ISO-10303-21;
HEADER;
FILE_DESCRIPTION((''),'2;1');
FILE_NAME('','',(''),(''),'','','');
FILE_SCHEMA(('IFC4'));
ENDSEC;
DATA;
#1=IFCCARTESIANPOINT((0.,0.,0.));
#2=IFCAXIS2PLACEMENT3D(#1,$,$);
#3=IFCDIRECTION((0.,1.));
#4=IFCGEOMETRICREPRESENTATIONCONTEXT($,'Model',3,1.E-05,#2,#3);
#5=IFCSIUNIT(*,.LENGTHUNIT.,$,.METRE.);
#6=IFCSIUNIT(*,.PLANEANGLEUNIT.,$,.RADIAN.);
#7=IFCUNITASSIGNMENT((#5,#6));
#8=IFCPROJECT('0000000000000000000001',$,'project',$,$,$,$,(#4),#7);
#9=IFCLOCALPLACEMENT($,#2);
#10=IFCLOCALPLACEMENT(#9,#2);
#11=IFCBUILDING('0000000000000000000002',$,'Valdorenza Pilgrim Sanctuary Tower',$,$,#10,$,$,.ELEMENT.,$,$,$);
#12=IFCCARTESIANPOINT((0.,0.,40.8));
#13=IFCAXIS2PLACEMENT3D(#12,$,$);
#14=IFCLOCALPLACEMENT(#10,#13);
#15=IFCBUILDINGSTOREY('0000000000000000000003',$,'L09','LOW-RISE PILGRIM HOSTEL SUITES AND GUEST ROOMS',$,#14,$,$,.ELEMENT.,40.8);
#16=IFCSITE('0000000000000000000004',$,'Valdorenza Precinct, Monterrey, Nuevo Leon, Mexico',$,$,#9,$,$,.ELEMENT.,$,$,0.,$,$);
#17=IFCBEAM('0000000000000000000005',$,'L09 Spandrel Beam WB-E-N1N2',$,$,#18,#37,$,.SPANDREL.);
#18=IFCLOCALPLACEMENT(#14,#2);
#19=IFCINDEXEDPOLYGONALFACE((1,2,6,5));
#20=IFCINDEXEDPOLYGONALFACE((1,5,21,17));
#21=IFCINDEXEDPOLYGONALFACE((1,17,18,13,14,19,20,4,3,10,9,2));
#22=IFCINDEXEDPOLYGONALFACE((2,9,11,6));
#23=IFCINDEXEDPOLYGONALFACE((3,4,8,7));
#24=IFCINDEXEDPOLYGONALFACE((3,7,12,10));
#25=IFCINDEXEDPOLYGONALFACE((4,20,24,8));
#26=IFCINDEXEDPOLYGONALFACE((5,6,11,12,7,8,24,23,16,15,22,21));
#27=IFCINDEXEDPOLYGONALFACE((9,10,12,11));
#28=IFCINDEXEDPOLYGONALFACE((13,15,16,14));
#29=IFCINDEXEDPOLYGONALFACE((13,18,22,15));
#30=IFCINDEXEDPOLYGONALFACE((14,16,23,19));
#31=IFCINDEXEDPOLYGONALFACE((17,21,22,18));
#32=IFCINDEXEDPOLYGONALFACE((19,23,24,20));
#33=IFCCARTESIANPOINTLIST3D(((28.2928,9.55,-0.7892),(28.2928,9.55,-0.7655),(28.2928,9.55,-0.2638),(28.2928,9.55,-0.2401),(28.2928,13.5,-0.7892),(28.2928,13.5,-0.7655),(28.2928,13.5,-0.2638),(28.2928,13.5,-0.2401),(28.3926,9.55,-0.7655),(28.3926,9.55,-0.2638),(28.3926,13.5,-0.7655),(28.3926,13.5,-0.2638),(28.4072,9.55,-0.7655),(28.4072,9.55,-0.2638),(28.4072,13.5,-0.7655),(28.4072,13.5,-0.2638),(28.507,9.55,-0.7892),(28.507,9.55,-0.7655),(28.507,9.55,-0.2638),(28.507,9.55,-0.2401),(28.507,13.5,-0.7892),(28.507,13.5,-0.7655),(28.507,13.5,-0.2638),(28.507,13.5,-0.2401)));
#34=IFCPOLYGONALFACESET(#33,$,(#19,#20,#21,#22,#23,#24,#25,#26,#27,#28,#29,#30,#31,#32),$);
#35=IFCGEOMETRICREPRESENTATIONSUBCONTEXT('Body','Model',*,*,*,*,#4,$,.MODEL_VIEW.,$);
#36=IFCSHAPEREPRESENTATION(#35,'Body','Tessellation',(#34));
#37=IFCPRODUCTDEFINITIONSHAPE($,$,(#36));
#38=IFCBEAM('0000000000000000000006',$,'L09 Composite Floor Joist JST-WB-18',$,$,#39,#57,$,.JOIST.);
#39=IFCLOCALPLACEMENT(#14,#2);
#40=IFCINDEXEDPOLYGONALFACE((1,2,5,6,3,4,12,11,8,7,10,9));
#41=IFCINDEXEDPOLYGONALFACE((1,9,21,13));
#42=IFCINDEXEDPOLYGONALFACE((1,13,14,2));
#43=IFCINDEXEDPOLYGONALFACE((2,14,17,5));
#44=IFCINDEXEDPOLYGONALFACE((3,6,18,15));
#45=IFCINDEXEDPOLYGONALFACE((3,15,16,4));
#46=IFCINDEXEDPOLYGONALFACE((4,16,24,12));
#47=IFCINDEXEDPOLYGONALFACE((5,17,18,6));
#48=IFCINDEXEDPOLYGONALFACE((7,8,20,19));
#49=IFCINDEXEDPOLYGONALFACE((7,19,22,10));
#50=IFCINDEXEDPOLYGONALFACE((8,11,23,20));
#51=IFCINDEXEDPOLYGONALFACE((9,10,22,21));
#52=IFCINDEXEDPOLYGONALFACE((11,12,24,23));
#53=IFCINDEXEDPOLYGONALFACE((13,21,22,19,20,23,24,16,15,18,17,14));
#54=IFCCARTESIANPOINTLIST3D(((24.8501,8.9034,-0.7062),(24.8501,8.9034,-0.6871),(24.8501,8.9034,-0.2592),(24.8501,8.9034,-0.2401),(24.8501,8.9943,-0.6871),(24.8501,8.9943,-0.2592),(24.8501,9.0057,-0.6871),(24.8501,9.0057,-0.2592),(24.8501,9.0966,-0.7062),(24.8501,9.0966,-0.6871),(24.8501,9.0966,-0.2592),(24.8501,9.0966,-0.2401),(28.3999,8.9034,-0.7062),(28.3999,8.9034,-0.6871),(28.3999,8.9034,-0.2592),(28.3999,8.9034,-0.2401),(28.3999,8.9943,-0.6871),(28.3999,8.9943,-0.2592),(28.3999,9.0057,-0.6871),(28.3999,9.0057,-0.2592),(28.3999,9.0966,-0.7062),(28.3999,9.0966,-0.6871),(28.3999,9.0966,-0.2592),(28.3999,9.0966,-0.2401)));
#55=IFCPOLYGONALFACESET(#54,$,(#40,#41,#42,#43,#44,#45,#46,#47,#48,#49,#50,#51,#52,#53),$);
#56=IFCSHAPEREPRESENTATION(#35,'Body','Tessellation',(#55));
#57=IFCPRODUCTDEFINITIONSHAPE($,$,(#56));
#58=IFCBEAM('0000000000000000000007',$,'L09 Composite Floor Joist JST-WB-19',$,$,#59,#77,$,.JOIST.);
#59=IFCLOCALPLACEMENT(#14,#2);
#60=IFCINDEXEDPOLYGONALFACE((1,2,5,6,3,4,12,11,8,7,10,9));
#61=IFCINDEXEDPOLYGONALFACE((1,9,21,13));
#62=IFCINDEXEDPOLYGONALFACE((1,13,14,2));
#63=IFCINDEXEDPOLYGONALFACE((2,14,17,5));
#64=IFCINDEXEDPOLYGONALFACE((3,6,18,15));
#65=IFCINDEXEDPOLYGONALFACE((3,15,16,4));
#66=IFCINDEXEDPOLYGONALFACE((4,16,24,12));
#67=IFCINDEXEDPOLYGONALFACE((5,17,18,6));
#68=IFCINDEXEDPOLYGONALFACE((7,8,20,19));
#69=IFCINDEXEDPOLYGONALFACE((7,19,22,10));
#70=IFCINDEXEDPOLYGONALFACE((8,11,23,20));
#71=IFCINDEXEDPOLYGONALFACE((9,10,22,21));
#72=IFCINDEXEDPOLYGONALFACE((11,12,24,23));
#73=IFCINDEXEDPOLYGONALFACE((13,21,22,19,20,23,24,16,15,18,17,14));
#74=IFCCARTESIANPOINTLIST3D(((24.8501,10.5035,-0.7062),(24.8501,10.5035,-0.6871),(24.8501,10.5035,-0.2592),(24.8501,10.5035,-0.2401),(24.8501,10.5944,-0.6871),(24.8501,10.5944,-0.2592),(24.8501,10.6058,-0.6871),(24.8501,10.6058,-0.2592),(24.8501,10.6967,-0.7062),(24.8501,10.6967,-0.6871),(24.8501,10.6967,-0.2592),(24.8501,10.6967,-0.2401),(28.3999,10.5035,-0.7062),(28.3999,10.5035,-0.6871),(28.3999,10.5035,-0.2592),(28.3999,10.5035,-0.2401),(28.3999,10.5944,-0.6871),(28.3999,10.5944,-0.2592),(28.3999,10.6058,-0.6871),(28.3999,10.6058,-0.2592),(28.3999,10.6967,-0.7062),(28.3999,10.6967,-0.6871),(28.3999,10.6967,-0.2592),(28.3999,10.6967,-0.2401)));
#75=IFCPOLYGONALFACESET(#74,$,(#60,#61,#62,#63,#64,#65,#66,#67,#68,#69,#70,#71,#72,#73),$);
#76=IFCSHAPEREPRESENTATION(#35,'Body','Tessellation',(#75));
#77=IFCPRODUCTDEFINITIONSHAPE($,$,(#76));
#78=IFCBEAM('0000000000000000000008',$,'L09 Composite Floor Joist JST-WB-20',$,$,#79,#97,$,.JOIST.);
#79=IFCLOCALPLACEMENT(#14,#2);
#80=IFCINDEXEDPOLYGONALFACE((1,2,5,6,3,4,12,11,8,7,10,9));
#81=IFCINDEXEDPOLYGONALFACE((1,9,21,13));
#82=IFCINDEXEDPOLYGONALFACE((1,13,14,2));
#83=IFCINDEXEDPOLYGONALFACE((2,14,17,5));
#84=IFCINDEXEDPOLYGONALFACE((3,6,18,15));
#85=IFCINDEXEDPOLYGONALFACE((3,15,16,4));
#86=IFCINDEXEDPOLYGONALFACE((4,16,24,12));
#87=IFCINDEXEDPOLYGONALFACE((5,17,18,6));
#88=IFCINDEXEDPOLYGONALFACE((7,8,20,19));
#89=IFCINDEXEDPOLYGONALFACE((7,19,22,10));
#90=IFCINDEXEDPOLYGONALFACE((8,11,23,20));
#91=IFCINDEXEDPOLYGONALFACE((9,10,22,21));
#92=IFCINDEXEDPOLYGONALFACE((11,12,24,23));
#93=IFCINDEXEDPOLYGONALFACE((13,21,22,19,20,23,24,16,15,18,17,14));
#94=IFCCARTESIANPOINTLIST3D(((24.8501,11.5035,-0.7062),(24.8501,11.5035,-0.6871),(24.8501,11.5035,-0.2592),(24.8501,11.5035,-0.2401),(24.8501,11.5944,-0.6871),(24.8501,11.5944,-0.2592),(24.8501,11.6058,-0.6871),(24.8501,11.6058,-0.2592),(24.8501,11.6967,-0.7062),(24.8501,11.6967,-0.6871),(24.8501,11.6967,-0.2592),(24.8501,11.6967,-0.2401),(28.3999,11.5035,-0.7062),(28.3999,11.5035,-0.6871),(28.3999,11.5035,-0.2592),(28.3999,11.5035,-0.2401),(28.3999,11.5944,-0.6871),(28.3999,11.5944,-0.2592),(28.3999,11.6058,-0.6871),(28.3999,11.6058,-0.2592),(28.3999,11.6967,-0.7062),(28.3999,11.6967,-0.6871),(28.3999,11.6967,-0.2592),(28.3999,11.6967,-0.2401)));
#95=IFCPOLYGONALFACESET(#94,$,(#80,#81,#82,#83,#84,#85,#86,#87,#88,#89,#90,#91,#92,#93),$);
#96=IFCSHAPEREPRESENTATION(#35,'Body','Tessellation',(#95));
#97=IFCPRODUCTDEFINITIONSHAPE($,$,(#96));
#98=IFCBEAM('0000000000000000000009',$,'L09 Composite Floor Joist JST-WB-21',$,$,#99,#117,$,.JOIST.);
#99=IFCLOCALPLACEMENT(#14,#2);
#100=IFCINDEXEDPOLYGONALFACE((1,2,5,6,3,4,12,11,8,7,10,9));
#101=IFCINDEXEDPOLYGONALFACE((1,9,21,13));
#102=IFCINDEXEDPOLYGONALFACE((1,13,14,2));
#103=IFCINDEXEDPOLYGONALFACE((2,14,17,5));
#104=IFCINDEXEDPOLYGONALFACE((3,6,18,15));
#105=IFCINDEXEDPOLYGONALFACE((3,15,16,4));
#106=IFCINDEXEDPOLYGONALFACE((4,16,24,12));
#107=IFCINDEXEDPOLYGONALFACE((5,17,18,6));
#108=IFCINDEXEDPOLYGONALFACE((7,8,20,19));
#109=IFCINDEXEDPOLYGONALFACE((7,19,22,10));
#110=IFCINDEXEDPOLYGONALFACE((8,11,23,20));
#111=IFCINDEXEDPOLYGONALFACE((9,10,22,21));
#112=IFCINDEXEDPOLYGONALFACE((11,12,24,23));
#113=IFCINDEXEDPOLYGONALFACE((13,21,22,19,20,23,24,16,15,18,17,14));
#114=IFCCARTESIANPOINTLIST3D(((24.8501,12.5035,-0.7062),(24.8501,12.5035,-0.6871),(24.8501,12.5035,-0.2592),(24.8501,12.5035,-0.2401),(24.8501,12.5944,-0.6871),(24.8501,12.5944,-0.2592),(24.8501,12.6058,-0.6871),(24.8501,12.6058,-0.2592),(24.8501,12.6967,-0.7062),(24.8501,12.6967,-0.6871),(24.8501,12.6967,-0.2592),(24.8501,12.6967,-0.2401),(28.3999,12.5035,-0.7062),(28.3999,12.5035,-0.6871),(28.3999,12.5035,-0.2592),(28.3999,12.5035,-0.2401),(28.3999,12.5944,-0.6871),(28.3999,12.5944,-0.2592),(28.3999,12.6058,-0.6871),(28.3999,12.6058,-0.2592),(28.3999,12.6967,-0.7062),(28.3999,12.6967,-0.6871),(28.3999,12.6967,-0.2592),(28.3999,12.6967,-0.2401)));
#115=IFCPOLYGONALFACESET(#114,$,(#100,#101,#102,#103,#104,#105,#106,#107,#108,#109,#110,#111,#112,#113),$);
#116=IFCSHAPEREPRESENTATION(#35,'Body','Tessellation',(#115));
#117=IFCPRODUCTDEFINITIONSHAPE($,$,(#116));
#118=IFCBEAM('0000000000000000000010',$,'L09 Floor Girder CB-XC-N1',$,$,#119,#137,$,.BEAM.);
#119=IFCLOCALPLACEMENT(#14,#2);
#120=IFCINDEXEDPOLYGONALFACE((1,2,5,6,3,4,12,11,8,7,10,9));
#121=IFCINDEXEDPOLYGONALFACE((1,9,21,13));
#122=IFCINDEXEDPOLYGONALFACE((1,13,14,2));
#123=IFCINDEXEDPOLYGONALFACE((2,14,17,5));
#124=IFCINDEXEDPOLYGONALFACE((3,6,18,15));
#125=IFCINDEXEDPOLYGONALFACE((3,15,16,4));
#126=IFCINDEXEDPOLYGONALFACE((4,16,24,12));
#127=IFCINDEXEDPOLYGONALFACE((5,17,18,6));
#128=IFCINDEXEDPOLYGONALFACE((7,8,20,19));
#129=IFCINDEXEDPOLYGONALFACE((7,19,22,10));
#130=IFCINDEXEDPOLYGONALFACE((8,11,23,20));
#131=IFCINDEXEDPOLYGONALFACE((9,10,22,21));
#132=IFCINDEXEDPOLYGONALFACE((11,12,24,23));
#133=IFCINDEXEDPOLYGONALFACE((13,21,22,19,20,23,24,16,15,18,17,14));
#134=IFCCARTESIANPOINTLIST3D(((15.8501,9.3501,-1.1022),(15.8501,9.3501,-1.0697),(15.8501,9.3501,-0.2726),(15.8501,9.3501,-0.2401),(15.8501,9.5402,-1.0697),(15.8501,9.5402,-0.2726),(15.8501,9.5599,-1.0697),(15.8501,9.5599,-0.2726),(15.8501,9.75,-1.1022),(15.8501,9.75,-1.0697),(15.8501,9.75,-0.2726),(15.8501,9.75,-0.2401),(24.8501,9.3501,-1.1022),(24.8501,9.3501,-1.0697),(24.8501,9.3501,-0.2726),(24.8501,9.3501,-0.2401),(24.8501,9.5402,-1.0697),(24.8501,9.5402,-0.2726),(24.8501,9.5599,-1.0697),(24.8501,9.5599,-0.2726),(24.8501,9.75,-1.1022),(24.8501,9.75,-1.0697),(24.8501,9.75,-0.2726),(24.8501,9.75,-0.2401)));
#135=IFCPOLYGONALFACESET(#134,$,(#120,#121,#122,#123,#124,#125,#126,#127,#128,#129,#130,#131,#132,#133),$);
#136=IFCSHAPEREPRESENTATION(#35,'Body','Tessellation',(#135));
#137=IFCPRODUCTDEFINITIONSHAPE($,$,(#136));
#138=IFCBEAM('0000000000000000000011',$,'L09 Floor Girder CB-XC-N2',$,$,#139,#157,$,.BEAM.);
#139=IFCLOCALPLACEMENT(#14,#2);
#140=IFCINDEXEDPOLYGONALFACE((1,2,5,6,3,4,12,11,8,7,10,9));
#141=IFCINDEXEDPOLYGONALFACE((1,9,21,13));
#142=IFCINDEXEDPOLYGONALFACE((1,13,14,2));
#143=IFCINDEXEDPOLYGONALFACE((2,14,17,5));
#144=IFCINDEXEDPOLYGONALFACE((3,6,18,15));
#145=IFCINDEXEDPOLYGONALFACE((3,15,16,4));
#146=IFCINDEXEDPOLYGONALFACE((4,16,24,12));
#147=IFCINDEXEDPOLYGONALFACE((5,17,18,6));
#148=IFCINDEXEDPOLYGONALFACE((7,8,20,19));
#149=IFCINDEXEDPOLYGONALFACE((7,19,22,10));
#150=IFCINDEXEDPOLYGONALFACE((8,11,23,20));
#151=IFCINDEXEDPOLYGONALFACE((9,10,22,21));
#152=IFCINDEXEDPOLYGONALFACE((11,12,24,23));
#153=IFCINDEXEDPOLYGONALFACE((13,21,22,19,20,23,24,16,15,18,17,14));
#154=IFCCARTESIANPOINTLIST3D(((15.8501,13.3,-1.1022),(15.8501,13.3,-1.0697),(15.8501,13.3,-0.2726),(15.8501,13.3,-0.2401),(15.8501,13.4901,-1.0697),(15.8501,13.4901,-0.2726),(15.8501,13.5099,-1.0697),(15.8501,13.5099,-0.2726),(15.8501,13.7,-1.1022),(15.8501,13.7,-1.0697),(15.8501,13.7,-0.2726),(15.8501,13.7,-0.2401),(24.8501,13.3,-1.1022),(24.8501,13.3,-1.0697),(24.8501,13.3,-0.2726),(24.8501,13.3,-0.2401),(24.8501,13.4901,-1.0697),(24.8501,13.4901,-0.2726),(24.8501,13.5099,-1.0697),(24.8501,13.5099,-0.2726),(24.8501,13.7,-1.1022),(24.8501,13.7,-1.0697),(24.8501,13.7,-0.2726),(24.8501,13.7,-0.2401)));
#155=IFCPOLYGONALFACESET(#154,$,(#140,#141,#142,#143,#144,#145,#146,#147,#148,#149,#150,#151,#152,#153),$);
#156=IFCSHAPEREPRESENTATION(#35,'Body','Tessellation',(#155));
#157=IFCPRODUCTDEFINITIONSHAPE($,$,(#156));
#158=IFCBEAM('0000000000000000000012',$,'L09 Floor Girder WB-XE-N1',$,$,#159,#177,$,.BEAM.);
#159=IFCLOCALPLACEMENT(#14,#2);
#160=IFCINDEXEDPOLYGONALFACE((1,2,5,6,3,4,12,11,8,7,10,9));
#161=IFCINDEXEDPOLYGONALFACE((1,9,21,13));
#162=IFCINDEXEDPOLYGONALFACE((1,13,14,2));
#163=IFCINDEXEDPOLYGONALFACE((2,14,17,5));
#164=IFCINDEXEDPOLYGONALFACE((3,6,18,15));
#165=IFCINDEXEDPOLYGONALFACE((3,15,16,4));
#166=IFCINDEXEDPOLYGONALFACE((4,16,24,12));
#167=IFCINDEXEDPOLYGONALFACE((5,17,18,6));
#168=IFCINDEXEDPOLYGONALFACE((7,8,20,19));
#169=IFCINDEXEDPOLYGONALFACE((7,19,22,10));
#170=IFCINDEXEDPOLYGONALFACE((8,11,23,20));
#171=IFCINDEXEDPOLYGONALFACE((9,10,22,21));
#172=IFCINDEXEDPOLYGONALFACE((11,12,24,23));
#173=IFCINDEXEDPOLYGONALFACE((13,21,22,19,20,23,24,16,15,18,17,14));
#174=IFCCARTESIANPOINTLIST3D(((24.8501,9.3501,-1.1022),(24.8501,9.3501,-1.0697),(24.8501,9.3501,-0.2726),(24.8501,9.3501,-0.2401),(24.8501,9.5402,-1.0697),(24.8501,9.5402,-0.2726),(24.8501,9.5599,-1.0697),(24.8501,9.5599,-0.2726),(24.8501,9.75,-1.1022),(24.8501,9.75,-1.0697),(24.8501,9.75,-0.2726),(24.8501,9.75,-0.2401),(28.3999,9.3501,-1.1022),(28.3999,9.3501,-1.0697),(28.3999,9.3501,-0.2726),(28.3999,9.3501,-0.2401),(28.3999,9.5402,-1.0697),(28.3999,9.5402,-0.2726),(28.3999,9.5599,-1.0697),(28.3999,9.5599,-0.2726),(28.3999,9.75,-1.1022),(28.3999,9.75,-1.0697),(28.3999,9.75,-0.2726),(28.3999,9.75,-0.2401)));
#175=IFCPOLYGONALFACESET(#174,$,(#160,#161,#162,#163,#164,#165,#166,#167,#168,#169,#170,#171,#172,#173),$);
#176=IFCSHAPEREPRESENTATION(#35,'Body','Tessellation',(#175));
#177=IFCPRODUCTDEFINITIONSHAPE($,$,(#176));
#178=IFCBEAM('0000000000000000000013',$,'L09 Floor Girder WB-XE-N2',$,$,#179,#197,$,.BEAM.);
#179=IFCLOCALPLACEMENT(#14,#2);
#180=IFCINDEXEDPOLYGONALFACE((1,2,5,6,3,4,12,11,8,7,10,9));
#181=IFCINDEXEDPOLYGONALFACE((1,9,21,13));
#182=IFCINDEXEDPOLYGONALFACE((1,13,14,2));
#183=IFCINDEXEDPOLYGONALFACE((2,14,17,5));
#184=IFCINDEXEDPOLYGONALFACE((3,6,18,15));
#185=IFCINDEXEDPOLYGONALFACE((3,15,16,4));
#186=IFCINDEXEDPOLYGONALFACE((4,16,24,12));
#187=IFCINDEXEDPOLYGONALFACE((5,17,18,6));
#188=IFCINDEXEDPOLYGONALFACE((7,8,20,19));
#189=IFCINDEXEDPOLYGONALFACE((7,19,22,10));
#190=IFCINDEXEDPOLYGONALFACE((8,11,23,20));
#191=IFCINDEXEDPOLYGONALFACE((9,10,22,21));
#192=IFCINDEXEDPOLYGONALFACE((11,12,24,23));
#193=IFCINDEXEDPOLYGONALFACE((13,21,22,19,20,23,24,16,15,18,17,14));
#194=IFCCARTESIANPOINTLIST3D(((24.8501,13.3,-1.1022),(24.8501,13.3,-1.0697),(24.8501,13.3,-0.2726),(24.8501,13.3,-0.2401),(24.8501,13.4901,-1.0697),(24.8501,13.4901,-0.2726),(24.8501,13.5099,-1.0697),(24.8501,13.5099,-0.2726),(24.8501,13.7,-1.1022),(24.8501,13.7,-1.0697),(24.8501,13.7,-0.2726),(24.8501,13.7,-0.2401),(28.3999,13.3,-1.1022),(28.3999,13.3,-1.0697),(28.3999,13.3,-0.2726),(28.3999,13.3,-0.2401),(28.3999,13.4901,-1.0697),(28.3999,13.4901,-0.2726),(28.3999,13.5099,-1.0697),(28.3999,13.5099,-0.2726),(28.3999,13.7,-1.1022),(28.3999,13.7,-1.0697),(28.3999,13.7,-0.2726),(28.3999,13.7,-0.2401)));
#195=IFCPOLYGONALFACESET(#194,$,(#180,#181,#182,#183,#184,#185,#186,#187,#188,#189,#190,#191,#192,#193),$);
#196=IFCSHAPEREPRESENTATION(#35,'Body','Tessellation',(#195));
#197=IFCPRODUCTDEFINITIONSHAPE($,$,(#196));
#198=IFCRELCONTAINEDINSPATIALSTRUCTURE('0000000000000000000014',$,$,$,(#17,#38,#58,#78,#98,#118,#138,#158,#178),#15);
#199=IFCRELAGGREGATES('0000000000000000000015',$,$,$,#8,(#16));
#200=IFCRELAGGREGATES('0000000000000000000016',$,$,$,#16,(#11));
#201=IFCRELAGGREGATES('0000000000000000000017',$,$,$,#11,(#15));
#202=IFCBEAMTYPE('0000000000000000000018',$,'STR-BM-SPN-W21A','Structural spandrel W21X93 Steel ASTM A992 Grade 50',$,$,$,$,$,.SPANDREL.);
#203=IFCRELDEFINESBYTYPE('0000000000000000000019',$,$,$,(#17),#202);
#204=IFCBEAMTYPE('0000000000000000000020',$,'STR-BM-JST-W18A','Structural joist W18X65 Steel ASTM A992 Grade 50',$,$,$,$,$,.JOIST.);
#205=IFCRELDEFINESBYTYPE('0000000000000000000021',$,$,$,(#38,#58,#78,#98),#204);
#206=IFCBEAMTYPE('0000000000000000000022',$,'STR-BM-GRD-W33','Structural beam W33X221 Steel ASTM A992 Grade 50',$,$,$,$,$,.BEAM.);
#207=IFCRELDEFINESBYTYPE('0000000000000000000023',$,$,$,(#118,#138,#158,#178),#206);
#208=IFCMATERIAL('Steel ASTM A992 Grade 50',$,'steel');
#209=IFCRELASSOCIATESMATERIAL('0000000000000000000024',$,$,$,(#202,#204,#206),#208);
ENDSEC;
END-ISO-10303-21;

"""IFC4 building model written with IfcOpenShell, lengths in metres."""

from ifc_helpers import new_model, si_unit, direction, frame, origin, origin_2d, place, context, subcontext, project, spatial, i_section, extrude, source, transform, mapped, material, material_profile, profile_set, type_object, element, save


model = new_model("IFC4")

# Units and contexts
model_context = context("Model", 3, precision=1e-05, world=origin(), true_north=direction((0.0, 1.0)))
body_context = subcontext(model_context, "Body", "Model", "MODEL_VIEW")
ifc_project = project(units=[si_unit("LENGTHUNIT", "METRE"), si_unit("PLANEANGLEUNIT", "RADIAN")], contexts=[model_context])

# Site, building, storey
site_placement = place(None, origin())
site = spatial("IfcSite", under=ifc_project, at=site_placement, Name="Valdorenza Precinct, Monterrey, Nuevo Leon, Mexico", CompositionType="ELEMENT", RefElevation=0.0)
building_placement = place(site_placement, origin())
building = spatial("IfcBuilding", under=site, at=building_placement, Name="Valdorenza Pilgrim Sanctuary Tower", CompositionType="ELEMENT")
storey_placement = place(building_placement, frame((0.0, 0.0, 40.8)))
storey = spatial("IfcBuildingStorey", under=building, at=storey_placement, Name="L09", Description="LOW-RISE PILGRIM HOSTEL SUITES AND GUEST ROOMS", CompositionType="ELEMENT", Elevation=40.8)

# Beams
ifc_material_1 = material(Name="Steel ASTM A992 Grade 50", Category="steel")
ifc_material_profile_1 = material_profile(ifc_material_1, i_section(OverallWidth=0.2141, OverallDepth=0.5491, WebThickness=0.0146, FlangeThickness=0.0237, at=origin_2d()), Name="W21X93")
ifc_profile_set_1 = profile_set([ifc_material_profile_1], Name="Steel ASTM A992 Grade 50")
beam_type_1 = type_object("IfcBeamType", Name="STR-BM-SPN-W21A", Description="Structural spandrel W21X93 Steel ASTM A992 Grade 50", PredefinedType="SPANDREL", material=ifc_profile_set_1)
shared_shape_1 = source(origin(), body_context, "Body", "SweptSolid", [
    extrude(i_section(OverallWidth=0.2141, OverallDepth=0.5491, WebThickness=0.0146, FlangeThickness=0.0237, at=origin_2d()), origin(), (0.0, 0.0, 1.0), 3.95),
])
beam_placement = place(storey_placement, frame((28.3999, 9.55, -0.5146), z_axis=(0.0, 1.0, 0.0), x_axis=(-1.0, 0.0, 0.0)))
element("IfcBeam", 1, at=beam_placement, inside=storey, type_object=beam_type_1, Name="L09 Spandrel Beam WB-E-N1N2", PredefinedType="SPANDREL", context=body_context, shape_type="MappedRepresentation", body=[
    mapped(shared_shape_1, transform((0.0, 0.0, 0.0), x_axis=(1.0, 0.0, 0.0), y_axis=(0.0, 1.0, 0.0), z_axis=(0.0, 0.0, 1.0), scale=1.0)),
])
ifc_material_profile_2 = material_profile(ifc_material_1, i_section(OverallWidth=0.1931, OverallDepth=0.4661, WebThickness=0.0115, FlangeThickness=0.019, at=origin_2d()), Name="W18X65")
ifc_profile_set_2 = profile_set([ifc_material_profile_2], Name="Steel ASTM A992 Grade 50")
beam_type_2 = type_object("IfcBeamType", Name="STR-BM-JST-W18A", Description="Structural joist W18X65 Steel ASTM A992 Grade 50", PredefinedType="JOIST", material=ifc_profile_set_2)
shared_shape_2 = source(origin(), body_context, "Body", "SweptSolid", [
    extrude(i_section(OverallWidth=0.1931, OverallDepth=0.4661, WebThickness=0.0115, FlangeThickness=0.019, at=origin_2d()), origin(), (0.0, 0.0, 1.0), 3.5498),
])
for number, where, z_axis, x_axis, name in (
    (2, (24.8501, 9.0, -0.4731), (1.0, 0.0, 0.0), (0.0, 1.0, 0.0), "L09 Composite Floor Joist JST-WB-18"),
    (3, (24.8501, 10.6001, -0.4731), (1.0, 0.0, 0.0), (0.0, 1.0, 0.0), "L09 Composite Floor Joist JST-WB-19"),
    (4, (24.8501, 11.6001, -0.4731), (1.0, 0.0, 0.0), (0.0, 1.0, 0.0), "L09 Composite Floor Joist JST-WB-20"),
    (5, (24.8501, 12.6001, -0.4731), (1.0, 0.0, 0.0), (0.0, 1.0, 0.0), "L09 Composite Floor Joist JST-WB-21"),
):
    element("IfcBeam", number, at=place(storey_placement, frame(where, z_axis=z_axis, x_axis=x_axis)), inside=storey, type_object=beam_type_2, Name=name, PredefinedType="JOIST", context=body_context, shape_type="MappedRepresentation", body=[
        mapped(shared_shape_2, transform((0.0, 0.0, 0.0), x_axis=(1.0, 0.0, 0.0), y_axis=(0.0, 1.0, 0.0), z_axis=(0.0, 0.0, 1.0), scale=1.0)),
    ])
ifc_material_profile_3 = material_profile(ifc_material_1, i_section(OverallWidth=0.3999, OverallDepth=0.8621, WebThickness=0.0198, FlangeThickness=0.0325, at=origin_2d()), Name="W33X221")
ifc_profile_set_3 = profile_set([ifc_material_profile_3], Name="Steel ASTM A992 Grade 50")
beam_type_3 = type_object("IfcBeamType", Name="STR-BM-GRD-W33", Description="Structural beam W33X221 Steel ASTM A992 Grade 50", PredefinedType="BEAM", material=ifc_profile_set_3)
shared_shape_3 = source(origin(), body_context, "Body", "SweptSolid", [
    extrude(i_section(OverallWidth=0.3999, OverallDepth=0.8621, WebThickness=0.0198, FlangeThickness=0.0325, at=origin_2d()), origin(), (0.0, 0.0, 1.0), 9.0),
])
for number, where, z_axis, x_axis, name in (
    (6, (15.8501, 9.55, -0.6711), (1.0, 0.0, 0.0), (0.0, 1.0, 0.0), "L09 Floor Girder CB-XC-N1"),
    (7, (15.8501, 13.5, -0.6711), (1.0, 0.0, 0.0), (0.0, 1.0, 0.0), "L09 Floor Girder CB-XC-N2"),
):
    element("IfcBeam", number, at=place(storey_placement, frame(where, z_axis=z_axis, x_axis=x_axis)), inside=storey, type_object=beam_type_3, Name=name, PredefinedType="BEAM", context=body_context, shape_type="MappedRepresentation", body=[
        mapped(shared_shape_3, transform((0.0, 0.0, 0.0), x_axis=(1.0, 0.0, 0.0), y_axis=(0.0, 1.0, 0.0), z_axis=(0.0, 0.0, 1.0), scale=1.0)),
    ])
shared_shape_4 = source(origin(), body_context, "Body", "SweptSolid", [
    extrude(i_section(OverallWidth=0.3999, OverallDepth=0.8621, WebThickness=0.0198, FlangeThickness=0.0325, at=origin_2d()), origin(), (0.0, 0.0, 1.0), 3.5498),
])
for number, where, z_axis, x_axis, name in (
    (8, (24.8501, 9.55, -0.6711), (1.0, 0.0, 0.0), (0.0, 1.0, 0.0), "L09 Floor Girder WB-XE-N1"),
    (9, (24.8501, 13.5, -0.6711), (1.0, 0.0, 0.0), (0.0, 1.0, 0.0), "L09 Floor Girder WB-XE-N2"),
):
    element("IfcBeam", number, at=place(storey_placement, frame(where, z_axis=z_axis, x_axis=x_axis)), inside=storey, type_object=beam_type_3, Name=name, PredefinedType="BEAM", context=body_context, shape_type="MappedRepresentation", body=[
        mapped(shared_shape_4, transform((0.0, 0.0, 0.0), x_axis=(1.0, 0.0, 0.0), y_axis=(0.0, 1.0, 0.0), z_axis=(0.0, 0.0, 1.0), scale=1.0)),
    ])

save(model, "model.ifc")
